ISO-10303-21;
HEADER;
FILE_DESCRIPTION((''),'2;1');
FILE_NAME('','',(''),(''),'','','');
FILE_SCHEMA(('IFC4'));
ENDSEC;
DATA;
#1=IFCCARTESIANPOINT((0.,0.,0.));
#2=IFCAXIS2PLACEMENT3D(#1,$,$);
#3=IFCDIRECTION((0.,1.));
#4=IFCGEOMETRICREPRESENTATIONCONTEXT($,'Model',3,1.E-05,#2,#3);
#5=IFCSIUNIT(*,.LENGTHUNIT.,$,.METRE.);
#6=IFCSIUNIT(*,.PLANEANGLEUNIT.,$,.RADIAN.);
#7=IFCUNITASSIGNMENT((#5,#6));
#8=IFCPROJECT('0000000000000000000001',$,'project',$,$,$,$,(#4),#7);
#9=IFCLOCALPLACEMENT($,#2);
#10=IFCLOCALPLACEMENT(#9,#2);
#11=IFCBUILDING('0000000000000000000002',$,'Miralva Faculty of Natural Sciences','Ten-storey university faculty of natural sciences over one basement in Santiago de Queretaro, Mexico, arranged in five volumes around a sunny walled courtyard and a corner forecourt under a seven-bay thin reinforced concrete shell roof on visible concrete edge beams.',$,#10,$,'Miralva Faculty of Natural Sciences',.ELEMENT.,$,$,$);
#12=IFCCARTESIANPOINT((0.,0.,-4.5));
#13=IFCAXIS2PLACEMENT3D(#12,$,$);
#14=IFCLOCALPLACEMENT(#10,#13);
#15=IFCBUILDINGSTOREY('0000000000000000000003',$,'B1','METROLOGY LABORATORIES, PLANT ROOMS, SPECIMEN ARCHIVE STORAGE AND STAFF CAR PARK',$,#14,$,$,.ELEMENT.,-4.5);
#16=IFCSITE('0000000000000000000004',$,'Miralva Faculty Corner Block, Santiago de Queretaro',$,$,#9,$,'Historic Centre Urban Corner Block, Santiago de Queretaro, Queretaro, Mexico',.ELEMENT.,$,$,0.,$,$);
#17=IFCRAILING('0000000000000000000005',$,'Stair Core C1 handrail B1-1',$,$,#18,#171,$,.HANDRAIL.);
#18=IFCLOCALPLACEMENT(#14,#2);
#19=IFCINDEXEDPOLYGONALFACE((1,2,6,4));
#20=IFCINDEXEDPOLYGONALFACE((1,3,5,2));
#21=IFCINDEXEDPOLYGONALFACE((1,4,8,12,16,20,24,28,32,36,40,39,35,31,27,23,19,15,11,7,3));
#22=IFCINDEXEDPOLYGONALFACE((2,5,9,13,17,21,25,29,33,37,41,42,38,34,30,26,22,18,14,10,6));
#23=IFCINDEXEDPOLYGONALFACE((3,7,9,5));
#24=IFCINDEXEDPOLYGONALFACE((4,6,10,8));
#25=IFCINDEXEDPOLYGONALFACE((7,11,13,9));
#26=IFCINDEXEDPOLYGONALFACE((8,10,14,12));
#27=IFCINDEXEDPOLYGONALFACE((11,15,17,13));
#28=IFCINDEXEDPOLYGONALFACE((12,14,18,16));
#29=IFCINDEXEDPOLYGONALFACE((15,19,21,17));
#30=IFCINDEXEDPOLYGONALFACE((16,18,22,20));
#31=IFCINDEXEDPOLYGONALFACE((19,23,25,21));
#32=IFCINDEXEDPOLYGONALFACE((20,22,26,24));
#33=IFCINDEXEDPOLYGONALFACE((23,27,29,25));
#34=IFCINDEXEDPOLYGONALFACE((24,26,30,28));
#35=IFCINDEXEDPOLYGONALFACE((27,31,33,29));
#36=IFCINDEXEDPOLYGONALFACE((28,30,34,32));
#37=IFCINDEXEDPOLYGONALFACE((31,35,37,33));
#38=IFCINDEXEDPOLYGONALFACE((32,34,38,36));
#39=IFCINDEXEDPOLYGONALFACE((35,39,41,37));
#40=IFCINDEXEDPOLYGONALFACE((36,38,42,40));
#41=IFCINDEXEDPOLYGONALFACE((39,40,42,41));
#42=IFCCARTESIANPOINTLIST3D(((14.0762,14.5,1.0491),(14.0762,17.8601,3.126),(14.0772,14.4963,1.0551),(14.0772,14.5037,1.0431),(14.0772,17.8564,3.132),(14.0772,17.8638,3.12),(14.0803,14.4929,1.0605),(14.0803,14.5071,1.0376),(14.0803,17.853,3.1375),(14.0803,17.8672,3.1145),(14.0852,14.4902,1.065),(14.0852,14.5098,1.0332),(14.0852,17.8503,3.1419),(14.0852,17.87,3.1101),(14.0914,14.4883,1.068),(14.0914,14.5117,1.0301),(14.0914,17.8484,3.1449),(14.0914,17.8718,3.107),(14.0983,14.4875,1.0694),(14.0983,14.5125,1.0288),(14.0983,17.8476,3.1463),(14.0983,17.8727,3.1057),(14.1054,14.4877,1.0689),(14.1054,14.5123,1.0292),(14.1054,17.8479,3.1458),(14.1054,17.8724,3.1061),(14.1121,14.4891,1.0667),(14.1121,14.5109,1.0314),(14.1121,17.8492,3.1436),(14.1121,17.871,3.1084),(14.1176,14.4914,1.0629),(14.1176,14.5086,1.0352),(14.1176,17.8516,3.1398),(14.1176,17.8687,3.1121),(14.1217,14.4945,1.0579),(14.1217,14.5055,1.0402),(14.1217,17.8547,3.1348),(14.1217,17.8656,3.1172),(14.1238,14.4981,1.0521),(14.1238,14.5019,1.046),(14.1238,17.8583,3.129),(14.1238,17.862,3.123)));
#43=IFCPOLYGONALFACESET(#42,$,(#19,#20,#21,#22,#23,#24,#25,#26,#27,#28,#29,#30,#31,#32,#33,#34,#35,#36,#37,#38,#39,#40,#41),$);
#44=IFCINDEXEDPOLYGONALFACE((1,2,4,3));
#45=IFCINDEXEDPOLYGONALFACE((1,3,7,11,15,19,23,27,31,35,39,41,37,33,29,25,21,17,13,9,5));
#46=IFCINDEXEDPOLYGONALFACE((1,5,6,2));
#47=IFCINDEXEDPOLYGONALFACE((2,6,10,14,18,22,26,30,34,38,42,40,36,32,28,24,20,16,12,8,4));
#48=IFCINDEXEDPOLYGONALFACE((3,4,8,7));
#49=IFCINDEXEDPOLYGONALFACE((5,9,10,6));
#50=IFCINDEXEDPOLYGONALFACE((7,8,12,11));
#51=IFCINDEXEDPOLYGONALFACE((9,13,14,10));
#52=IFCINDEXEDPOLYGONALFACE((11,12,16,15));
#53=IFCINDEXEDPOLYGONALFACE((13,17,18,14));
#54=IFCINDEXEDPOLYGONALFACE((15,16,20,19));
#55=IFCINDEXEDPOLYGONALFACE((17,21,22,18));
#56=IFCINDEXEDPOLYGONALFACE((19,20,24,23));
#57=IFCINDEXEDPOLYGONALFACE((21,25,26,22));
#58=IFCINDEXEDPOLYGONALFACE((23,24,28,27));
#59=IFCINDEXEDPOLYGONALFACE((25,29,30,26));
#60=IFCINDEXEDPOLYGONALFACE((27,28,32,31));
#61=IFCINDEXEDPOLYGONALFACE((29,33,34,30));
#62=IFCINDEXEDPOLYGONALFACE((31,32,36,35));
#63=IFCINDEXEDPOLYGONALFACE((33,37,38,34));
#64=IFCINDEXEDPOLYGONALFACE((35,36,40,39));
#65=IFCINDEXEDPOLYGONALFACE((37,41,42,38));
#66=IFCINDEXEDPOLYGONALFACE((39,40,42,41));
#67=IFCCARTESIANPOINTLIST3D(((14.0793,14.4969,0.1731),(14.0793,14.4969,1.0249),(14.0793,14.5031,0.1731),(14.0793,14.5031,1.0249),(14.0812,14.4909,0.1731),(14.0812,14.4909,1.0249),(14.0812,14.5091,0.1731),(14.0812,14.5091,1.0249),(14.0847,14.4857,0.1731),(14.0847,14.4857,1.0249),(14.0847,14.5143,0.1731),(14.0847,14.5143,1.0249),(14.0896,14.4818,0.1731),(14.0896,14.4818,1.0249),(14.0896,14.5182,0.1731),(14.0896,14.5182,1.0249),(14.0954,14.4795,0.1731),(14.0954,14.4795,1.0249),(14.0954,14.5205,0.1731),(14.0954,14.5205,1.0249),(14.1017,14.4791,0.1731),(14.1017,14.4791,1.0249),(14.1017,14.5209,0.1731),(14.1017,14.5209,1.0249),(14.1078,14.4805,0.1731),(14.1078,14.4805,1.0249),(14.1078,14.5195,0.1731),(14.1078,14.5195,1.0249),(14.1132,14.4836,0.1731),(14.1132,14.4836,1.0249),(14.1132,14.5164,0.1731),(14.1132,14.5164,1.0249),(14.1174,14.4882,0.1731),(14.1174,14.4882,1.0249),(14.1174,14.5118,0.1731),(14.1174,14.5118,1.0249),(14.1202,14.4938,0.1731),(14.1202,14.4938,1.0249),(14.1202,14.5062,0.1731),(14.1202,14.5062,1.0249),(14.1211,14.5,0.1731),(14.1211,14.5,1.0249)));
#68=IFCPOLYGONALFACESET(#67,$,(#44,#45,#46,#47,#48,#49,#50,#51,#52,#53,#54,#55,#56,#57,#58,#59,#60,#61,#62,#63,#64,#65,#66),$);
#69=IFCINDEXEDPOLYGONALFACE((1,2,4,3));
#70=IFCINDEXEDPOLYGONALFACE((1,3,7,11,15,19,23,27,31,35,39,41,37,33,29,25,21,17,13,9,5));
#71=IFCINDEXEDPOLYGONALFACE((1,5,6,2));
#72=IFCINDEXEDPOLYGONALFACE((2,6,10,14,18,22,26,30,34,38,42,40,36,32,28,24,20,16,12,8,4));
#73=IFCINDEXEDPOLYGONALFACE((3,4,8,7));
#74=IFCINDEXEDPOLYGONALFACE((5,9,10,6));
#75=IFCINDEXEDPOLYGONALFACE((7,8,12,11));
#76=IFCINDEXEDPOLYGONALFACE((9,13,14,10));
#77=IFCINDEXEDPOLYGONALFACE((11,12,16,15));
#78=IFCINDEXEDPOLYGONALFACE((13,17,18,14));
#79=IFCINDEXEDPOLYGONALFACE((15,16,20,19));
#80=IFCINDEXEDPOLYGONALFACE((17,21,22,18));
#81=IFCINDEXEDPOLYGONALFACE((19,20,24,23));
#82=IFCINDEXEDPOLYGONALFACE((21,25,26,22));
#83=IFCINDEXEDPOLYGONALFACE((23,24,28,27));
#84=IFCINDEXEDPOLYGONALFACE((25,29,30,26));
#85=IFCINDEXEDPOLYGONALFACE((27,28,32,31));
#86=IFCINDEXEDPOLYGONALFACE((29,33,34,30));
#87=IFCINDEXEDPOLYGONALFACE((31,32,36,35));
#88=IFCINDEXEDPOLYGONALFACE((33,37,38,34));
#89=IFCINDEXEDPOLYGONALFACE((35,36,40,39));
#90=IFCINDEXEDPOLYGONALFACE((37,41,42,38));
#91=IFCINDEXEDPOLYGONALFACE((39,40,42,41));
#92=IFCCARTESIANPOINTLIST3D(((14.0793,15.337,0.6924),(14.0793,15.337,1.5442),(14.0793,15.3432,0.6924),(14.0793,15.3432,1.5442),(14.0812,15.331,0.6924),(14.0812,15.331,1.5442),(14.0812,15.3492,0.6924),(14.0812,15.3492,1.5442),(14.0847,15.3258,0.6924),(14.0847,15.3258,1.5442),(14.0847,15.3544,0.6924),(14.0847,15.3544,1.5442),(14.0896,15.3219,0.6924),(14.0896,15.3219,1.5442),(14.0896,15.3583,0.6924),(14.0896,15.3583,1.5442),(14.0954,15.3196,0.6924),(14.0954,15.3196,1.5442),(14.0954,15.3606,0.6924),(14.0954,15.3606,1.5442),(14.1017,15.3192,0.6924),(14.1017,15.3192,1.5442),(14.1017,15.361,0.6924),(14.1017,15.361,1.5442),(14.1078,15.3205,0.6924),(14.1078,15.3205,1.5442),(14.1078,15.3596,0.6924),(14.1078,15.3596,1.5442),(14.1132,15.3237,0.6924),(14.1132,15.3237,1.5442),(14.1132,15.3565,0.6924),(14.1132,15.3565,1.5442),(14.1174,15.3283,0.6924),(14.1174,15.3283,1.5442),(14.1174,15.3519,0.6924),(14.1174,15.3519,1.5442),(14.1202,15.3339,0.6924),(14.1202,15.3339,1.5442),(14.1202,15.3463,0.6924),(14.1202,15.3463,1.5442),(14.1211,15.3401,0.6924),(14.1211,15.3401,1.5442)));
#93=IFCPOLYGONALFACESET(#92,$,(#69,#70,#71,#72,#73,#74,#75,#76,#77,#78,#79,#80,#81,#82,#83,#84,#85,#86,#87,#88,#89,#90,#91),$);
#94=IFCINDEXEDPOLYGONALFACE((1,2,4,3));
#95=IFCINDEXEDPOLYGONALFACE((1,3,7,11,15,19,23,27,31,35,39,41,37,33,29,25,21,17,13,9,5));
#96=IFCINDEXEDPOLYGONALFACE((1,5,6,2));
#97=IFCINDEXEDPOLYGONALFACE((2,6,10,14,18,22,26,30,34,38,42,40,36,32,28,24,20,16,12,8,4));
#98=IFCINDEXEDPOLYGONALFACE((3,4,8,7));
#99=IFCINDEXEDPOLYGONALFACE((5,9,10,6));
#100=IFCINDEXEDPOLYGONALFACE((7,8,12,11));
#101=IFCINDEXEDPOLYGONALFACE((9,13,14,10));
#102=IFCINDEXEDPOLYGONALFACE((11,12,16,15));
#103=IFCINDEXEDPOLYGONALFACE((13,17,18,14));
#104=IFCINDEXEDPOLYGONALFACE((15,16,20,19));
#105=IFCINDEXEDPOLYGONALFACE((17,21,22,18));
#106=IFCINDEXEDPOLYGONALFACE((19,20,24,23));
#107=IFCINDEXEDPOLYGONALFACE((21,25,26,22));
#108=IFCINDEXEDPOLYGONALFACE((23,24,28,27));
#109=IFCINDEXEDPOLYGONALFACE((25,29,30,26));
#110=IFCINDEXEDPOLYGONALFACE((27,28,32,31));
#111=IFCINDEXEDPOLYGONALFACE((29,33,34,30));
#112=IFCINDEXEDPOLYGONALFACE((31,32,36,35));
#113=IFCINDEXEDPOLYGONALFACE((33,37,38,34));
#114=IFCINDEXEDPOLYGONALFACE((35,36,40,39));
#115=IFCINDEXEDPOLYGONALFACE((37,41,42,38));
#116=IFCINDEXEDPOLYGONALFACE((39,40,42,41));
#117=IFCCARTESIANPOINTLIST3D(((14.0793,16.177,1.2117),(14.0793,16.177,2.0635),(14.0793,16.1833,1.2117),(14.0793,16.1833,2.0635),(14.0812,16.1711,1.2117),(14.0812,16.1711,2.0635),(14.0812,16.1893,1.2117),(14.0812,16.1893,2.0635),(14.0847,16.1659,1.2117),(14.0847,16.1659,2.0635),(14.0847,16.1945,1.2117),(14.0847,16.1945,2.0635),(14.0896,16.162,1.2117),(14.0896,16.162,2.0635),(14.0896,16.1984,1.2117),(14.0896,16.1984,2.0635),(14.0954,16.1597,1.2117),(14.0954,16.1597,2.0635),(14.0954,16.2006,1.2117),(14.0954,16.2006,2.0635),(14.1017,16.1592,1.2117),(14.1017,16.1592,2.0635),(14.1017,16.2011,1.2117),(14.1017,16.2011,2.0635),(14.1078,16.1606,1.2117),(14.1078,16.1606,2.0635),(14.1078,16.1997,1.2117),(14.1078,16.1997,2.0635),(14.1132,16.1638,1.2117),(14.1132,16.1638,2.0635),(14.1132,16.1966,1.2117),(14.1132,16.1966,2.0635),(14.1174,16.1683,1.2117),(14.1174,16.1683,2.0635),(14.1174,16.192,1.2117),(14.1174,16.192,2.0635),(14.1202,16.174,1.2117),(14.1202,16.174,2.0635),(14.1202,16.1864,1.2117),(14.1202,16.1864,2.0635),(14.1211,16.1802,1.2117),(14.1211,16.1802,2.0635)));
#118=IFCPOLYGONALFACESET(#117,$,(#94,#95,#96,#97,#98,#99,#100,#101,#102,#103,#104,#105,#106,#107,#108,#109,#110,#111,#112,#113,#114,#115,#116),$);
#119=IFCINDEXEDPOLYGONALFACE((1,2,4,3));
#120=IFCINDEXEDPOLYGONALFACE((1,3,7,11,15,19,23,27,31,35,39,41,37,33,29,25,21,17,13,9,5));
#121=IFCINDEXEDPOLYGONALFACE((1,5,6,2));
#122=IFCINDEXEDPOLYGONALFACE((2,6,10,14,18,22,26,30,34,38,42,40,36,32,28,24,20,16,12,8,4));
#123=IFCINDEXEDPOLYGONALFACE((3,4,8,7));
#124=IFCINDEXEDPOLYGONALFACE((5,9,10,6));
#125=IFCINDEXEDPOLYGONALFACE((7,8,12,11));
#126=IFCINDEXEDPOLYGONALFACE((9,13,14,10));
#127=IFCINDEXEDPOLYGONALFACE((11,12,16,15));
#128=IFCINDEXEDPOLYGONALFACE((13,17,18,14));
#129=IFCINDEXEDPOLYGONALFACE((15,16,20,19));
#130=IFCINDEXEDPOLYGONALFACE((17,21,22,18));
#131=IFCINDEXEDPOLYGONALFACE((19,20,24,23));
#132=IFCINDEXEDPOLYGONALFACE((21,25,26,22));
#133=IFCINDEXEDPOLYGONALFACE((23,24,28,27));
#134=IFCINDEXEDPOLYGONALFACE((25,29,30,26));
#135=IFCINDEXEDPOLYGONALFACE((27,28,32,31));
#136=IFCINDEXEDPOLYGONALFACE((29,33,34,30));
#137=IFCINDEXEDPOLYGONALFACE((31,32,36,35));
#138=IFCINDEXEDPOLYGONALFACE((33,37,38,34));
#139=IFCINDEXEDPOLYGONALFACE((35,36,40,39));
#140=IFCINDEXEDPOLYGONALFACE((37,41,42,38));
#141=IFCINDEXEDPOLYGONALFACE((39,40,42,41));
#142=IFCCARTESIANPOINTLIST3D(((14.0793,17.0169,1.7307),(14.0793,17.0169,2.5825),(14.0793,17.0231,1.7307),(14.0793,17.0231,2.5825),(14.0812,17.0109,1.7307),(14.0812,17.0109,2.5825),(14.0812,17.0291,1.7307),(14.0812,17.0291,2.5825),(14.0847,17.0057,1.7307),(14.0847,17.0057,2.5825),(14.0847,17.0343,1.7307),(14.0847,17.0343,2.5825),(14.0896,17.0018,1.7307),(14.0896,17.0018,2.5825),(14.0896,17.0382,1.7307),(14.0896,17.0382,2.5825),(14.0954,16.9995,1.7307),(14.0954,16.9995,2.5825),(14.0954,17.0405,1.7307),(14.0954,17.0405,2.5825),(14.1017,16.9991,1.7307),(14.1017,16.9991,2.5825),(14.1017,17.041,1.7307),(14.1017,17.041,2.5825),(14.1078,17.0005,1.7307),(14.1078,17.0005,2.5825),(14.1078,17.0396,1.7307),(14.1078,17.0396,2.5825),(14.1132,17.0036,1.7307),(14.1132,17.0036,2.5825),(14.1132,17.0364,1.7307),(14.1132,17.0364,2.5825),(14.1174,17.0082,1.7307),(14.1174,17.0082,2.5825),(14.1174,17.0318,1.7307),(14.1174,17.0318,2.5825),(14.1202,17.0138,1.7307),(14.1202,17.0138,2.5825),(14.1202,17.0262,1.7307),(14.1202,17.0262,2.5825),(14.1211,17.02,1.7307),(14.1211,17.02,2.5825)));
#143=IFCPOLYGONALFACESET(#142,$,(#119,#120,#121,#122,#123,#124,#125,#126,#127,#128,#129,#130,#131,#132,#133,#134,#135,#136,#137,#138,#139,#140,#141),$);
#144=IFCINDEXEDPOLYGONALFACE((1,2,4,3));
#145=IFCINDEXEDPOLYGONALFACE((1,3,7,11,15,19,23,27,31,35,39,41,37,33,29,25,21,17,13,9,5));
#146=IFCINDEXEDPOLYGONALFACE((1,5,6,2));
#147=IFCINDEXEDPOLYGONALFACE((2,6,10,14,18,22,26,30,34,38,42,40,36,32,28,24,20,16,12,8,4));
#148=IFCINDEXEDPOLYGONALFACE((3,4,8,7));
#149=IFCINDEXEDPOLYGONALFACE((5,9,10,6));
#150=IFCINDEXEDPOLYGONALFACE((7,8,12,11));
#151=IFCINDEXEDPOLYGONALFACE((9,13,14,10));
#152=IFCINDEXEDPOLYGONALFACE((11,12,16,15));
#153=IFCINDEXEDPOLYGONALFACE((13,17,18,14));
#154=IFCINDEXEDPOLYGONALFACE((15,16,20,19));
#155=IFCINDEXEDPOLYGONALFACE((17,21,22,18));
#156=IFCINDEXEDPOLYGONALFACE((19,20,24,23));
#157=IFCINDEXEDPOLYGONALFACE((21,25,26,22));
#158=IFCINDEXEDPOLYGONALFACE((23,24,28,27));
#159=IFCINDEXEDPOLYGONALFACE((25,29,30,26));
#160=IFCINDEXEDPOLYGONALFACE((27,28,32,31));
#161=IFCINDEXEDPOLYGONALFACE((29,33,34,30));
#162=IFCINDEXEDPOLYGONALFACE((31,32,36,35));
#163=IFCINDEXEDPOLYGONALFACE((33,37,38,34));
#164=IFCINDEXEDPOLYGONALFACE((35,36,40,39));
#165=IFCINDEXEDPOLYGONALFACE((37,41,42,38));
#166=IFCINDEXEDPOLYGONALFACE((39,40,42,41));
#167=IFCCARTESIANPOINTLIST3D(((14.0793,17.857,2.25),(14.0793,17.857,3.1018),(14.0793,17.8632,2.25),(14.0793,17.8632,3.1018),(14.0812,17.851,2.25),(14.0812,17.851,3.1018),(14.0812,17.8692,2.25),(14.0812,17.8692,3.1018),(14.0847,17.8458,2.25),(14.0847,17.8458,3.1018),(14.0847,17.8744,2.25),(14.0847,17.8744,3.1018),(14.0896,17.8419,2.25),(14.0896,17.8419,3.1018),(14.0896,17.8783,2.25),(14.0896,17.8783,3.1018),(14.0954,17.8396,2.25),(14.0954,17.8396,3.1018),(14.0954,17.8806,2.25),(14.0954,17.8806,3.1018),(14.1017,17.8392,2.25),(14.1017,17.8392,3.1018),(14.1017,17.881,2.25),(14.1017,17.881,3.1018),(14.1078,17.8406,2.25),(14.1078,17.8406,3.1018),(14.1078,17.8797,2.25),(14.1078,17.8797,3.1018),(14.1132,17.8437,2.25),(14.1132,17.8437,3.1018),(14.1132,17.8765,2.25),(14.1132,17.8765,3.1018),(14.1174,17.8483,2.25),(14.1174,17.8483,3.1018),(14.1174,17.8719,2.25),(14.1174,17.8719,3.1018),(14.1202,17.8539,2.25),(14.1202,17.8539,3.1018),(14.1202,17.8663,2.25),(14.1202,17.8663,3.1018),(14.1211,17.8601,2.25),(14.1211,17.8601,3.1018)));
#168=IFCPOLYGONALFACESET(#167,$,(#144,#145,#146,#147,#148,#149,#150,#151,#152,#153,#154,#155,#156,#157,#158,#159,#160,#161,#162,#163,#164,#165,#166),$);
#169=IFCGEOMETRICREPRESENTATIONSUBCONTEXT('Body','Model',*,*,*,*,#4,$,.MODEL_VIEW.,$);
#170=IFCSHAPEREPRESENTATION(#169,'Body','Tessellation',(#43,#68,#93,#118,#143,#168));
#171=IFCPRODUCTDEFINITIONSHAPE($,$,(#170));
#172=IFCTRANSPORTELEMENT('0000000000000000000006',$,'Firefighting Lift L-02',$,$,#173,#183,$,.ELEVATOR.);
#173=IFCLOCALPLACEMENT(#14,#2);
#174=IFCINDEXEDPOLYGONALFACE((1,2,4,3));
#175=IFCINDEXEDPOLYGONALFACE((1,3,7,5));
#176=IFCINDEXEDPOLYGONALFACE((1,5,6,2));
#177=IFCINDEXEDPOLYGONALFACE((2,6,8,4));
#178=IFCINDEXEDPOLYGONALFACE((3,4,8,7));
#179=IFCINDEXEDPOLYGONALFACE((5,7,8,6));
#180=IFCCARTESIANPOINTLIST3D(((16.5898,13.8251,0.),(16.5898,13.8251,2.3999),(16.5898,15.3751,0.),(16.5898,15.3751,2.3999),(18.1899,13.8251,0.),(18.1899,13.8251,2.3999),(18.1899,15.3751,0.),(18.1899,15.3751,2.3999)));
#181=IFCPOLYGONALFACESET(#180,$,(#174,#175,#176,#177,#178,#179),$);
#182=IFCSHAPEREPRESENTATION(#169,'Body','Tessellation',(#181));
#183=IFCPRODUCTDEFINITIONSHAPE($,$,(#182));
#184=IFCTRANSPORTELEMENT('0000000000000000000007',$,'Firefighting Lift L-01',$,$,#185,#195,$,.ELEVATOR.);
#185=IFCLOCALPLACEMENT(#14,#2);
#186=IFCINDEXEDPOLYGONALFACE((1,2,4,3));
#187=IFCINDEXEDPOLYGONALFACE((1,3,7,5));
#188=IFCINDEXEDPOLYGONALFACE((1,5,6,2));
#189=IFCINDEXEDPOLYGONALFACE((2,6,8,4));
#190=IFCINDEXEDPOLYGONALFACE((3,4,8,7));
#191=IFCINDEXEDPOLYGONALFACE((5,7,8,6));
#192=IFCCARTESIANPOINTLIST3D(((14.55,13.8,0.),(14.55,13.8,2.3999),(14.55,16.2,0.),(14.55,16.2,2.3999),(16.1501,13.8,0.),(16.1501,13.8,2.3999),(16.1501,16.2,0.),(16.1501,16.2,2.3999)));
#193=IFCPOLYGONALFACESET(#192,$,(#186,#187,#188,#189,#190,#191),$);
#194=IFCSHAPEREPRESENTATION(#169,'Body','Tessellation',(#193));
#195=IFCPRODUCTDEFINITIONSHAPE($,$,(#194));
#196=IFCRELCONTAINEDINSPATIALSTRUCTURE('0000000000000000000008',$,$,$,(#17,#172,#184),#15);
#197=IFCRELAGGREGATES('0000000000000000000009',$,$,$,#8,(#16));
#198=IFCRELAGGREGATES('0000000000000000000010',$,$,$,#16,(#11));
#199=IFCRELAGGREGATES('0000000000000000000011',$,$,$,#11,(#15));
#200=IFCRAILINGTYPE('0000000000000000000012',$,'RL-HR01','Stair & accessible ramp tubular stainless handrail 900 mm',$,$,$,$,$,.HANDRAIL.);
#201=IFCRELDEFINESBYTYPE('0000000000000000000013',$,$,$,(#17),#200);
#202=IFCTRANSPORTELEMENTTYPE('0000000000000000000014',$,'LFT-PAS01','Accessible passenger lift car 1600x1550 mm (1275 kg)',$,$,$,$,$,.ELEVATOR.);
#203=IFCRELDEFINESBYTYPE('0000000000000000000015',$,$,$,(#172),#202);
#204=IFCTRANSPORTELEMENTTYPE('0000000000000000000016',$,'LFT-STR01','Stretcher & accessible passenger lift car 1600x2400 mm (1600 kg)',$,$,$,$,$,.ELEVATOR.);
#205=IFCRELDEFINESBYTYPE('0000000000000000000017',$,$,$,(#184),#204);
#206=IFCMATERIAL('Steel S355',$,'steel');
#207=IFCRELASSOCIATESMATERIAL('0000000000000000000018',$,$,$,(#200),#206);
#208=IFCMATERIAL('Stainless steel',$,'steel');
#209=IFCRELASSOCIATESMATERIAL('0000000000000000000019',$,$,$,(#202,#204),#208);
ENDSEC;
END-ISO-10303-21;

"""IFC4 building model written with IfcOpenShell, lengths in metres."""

from ifc_helpers import new_model, si_unit, direction, frame, origin, origin_2d, place, context, subcontext, project, spatial, rectangle, circle, extrude, material, type_object, element, save


model = new_model("IFC4")

# Units and contexts
model_context = context("Model", 3, precision=1e-05, world=origin(), true_north=direction((0.0, 1.0)))
body_context = subcontext(model_context, "Body", "Model", "MODEL_VIEW")
ifc_project = project(units=[si_unit("LENGTHUNIT", "METRE"), si_unit("PLANEANGLEUNIT", "RADIAN")], contexts=[model_context])

# Site, building, storey
site_placement = place(None, origin())
site = spatial("IfcSite", under=ifc_project, at=site_placement, Name="Miralva Faculty Corner Block, Santiago de Queretaro", LongName="Historic Centre Urban Corner Block, Santiago de Queretaro, Queretaro, Mexico", CompositionType="ELEMENT", RefElevation=0.0)
building_placement = place(site_placement, origin())
building = spatial("IfcBuilding", under=site, at=building_placement, Name="Miralva Faculty of Natural Sciences", Description="Ten-storey university faculty of natural sciences over one basement in Santiago de Queretaro, Mexico, arranged in five volumes around a sunny walled courtyard and a corner forecourt under a seven-bay thin reinforced concrete shell roof on visible concrete edge beams.", LongName="Miralva Faculty of Natural Sciences", CompositionType="ELEMENT")
storey_placement = place(building_placement, frame((0.0, 0.0, -4.5)))
storey = spatial("IfcBuildingStorey", under=building, at=storey_placement, Name="B1", Description="METROLOGY LABORATORIES, PLANT ROOMS, SPECIMEN ARCHIVE STORAGE AND STAFF CAR PARK", CompositionType="ELEMENT", Elevation=-4.5)

# Railing
ifc_material_1 = material(Name="Steel S355", Category="steel")
railing_type_1 = type_object("IfcRailingType", Name="RL-HR01", Description="Stair & accessible ramp tubular stainless handrail 900 mm", PredefinedType="HANDRAIL", material=ifc_material_1)
railing_1_placement = place(storey_placement, frame((14.1001, 14.5, 0.1731)))
element("IfcRailing", 1, at=railing_1_placement, inside=storey, type_object=railing_type_1, Name="Stair Core C1 handrail B1-1", PredefinedType="HANDRAIL", context=body_context, shape_type="SweptSolid", body=[
    extrude(circle(Radius=0.0239, at=origin_2d()), frame((0.0, 0.0, 0.876), z_axis=(0.0, 0.850623, 0.525776), x_axis=(-1.0, 0.0, 0.0)), (0.0, 0.0, 1.0), 3.9502),
    extrude(circle(Radius=0.021, at=origin_2d()), origin(), (0.0, 0.0, 1.0), 0.8518),
    extrude(circle(Radius=0.021, at=origin_2d()), frame((0.0, 0.8401, 0.5193)), (0.0, 0.0, 1.0), 0.8518),
    extrude(circle(Radius=0.021, at=origin_2d()), frame((0.0, 1.6802, 1.0386)), (0.0, 0.0, 1.0), 0.8518),
    extrude(circle(Radius=0.021, at=origin_2d()), frame((0.0, 2.52, 1.5576)), (0.0, 0.0, 1.0), 0.8518),
    extrude(circle(Radius=0.021, at=origin_2d()), frame((0.0, 3.3601, 2.0769)), (0.0, 0.0, 1.0), 0.8518),
])

# Transport elements
ifc_material_2 = material(Name="Stainless steel", Category="steel")
transport_element_type_1 = type_object("IfcTransportElementType", Name="LFT-PAS01", Description="Accessible passenger lift car 1600x1550 mm (1275 kg)", PredefinedType="ELEVATOR", material=ifc_material_2)
transport_element_1_placement = place(storey_placement, frame((17.3899, 14.6001, 0.0), z_axis=(0.0, 0.0, 1.0), x_axis=(1.0, 0.0, 0.0)))
element("IfcTransportElement", 2, at=transport_element_1_placement, inside=storey, type_object=transport_element_type_1, Name="Firefighting Lift L-02", PredefinedType="ELEVATOR", context=body_context, shape_type="SweptSolid", body=[
    extrude(rectangle(XDim=1.6001, YDim=1.55, at=origin_2d()), origin(), (0.0, 0.0, 1.0), 2.3999),
])
transport_element_type_2 = type_object("IfcTransportElementType", Name="LFT-STR01", Description="Stretcher & accessible passenger lift car 1600x2400 mm (1600 kg)", PredefinedType="ELEVATOR", material=ifc_material_2)
transport_element_2_placement = place(storey_placement, frame((15.3501, 15.0, 0.0), z_axis=(0.0, 0.0, 1.0), x_axis=(1.0, 0.0, 0.0)))
element("IfcTransportElement", 3, at=transport_element_2_placement, inside=storey, type_object=transport_element_type_2, Name="Firefighting Lift L-01", PredefinedType="ELEVATOR", context=body_context, shape_type="SweptSolid", body=[
    extrude(rectangle(XDim=1.6001, YDim=2.3999, at=origin_2d()), origin(), (0.0, 0.0, 1.0), 2.3999),
])

save(model, "model.ifc")
